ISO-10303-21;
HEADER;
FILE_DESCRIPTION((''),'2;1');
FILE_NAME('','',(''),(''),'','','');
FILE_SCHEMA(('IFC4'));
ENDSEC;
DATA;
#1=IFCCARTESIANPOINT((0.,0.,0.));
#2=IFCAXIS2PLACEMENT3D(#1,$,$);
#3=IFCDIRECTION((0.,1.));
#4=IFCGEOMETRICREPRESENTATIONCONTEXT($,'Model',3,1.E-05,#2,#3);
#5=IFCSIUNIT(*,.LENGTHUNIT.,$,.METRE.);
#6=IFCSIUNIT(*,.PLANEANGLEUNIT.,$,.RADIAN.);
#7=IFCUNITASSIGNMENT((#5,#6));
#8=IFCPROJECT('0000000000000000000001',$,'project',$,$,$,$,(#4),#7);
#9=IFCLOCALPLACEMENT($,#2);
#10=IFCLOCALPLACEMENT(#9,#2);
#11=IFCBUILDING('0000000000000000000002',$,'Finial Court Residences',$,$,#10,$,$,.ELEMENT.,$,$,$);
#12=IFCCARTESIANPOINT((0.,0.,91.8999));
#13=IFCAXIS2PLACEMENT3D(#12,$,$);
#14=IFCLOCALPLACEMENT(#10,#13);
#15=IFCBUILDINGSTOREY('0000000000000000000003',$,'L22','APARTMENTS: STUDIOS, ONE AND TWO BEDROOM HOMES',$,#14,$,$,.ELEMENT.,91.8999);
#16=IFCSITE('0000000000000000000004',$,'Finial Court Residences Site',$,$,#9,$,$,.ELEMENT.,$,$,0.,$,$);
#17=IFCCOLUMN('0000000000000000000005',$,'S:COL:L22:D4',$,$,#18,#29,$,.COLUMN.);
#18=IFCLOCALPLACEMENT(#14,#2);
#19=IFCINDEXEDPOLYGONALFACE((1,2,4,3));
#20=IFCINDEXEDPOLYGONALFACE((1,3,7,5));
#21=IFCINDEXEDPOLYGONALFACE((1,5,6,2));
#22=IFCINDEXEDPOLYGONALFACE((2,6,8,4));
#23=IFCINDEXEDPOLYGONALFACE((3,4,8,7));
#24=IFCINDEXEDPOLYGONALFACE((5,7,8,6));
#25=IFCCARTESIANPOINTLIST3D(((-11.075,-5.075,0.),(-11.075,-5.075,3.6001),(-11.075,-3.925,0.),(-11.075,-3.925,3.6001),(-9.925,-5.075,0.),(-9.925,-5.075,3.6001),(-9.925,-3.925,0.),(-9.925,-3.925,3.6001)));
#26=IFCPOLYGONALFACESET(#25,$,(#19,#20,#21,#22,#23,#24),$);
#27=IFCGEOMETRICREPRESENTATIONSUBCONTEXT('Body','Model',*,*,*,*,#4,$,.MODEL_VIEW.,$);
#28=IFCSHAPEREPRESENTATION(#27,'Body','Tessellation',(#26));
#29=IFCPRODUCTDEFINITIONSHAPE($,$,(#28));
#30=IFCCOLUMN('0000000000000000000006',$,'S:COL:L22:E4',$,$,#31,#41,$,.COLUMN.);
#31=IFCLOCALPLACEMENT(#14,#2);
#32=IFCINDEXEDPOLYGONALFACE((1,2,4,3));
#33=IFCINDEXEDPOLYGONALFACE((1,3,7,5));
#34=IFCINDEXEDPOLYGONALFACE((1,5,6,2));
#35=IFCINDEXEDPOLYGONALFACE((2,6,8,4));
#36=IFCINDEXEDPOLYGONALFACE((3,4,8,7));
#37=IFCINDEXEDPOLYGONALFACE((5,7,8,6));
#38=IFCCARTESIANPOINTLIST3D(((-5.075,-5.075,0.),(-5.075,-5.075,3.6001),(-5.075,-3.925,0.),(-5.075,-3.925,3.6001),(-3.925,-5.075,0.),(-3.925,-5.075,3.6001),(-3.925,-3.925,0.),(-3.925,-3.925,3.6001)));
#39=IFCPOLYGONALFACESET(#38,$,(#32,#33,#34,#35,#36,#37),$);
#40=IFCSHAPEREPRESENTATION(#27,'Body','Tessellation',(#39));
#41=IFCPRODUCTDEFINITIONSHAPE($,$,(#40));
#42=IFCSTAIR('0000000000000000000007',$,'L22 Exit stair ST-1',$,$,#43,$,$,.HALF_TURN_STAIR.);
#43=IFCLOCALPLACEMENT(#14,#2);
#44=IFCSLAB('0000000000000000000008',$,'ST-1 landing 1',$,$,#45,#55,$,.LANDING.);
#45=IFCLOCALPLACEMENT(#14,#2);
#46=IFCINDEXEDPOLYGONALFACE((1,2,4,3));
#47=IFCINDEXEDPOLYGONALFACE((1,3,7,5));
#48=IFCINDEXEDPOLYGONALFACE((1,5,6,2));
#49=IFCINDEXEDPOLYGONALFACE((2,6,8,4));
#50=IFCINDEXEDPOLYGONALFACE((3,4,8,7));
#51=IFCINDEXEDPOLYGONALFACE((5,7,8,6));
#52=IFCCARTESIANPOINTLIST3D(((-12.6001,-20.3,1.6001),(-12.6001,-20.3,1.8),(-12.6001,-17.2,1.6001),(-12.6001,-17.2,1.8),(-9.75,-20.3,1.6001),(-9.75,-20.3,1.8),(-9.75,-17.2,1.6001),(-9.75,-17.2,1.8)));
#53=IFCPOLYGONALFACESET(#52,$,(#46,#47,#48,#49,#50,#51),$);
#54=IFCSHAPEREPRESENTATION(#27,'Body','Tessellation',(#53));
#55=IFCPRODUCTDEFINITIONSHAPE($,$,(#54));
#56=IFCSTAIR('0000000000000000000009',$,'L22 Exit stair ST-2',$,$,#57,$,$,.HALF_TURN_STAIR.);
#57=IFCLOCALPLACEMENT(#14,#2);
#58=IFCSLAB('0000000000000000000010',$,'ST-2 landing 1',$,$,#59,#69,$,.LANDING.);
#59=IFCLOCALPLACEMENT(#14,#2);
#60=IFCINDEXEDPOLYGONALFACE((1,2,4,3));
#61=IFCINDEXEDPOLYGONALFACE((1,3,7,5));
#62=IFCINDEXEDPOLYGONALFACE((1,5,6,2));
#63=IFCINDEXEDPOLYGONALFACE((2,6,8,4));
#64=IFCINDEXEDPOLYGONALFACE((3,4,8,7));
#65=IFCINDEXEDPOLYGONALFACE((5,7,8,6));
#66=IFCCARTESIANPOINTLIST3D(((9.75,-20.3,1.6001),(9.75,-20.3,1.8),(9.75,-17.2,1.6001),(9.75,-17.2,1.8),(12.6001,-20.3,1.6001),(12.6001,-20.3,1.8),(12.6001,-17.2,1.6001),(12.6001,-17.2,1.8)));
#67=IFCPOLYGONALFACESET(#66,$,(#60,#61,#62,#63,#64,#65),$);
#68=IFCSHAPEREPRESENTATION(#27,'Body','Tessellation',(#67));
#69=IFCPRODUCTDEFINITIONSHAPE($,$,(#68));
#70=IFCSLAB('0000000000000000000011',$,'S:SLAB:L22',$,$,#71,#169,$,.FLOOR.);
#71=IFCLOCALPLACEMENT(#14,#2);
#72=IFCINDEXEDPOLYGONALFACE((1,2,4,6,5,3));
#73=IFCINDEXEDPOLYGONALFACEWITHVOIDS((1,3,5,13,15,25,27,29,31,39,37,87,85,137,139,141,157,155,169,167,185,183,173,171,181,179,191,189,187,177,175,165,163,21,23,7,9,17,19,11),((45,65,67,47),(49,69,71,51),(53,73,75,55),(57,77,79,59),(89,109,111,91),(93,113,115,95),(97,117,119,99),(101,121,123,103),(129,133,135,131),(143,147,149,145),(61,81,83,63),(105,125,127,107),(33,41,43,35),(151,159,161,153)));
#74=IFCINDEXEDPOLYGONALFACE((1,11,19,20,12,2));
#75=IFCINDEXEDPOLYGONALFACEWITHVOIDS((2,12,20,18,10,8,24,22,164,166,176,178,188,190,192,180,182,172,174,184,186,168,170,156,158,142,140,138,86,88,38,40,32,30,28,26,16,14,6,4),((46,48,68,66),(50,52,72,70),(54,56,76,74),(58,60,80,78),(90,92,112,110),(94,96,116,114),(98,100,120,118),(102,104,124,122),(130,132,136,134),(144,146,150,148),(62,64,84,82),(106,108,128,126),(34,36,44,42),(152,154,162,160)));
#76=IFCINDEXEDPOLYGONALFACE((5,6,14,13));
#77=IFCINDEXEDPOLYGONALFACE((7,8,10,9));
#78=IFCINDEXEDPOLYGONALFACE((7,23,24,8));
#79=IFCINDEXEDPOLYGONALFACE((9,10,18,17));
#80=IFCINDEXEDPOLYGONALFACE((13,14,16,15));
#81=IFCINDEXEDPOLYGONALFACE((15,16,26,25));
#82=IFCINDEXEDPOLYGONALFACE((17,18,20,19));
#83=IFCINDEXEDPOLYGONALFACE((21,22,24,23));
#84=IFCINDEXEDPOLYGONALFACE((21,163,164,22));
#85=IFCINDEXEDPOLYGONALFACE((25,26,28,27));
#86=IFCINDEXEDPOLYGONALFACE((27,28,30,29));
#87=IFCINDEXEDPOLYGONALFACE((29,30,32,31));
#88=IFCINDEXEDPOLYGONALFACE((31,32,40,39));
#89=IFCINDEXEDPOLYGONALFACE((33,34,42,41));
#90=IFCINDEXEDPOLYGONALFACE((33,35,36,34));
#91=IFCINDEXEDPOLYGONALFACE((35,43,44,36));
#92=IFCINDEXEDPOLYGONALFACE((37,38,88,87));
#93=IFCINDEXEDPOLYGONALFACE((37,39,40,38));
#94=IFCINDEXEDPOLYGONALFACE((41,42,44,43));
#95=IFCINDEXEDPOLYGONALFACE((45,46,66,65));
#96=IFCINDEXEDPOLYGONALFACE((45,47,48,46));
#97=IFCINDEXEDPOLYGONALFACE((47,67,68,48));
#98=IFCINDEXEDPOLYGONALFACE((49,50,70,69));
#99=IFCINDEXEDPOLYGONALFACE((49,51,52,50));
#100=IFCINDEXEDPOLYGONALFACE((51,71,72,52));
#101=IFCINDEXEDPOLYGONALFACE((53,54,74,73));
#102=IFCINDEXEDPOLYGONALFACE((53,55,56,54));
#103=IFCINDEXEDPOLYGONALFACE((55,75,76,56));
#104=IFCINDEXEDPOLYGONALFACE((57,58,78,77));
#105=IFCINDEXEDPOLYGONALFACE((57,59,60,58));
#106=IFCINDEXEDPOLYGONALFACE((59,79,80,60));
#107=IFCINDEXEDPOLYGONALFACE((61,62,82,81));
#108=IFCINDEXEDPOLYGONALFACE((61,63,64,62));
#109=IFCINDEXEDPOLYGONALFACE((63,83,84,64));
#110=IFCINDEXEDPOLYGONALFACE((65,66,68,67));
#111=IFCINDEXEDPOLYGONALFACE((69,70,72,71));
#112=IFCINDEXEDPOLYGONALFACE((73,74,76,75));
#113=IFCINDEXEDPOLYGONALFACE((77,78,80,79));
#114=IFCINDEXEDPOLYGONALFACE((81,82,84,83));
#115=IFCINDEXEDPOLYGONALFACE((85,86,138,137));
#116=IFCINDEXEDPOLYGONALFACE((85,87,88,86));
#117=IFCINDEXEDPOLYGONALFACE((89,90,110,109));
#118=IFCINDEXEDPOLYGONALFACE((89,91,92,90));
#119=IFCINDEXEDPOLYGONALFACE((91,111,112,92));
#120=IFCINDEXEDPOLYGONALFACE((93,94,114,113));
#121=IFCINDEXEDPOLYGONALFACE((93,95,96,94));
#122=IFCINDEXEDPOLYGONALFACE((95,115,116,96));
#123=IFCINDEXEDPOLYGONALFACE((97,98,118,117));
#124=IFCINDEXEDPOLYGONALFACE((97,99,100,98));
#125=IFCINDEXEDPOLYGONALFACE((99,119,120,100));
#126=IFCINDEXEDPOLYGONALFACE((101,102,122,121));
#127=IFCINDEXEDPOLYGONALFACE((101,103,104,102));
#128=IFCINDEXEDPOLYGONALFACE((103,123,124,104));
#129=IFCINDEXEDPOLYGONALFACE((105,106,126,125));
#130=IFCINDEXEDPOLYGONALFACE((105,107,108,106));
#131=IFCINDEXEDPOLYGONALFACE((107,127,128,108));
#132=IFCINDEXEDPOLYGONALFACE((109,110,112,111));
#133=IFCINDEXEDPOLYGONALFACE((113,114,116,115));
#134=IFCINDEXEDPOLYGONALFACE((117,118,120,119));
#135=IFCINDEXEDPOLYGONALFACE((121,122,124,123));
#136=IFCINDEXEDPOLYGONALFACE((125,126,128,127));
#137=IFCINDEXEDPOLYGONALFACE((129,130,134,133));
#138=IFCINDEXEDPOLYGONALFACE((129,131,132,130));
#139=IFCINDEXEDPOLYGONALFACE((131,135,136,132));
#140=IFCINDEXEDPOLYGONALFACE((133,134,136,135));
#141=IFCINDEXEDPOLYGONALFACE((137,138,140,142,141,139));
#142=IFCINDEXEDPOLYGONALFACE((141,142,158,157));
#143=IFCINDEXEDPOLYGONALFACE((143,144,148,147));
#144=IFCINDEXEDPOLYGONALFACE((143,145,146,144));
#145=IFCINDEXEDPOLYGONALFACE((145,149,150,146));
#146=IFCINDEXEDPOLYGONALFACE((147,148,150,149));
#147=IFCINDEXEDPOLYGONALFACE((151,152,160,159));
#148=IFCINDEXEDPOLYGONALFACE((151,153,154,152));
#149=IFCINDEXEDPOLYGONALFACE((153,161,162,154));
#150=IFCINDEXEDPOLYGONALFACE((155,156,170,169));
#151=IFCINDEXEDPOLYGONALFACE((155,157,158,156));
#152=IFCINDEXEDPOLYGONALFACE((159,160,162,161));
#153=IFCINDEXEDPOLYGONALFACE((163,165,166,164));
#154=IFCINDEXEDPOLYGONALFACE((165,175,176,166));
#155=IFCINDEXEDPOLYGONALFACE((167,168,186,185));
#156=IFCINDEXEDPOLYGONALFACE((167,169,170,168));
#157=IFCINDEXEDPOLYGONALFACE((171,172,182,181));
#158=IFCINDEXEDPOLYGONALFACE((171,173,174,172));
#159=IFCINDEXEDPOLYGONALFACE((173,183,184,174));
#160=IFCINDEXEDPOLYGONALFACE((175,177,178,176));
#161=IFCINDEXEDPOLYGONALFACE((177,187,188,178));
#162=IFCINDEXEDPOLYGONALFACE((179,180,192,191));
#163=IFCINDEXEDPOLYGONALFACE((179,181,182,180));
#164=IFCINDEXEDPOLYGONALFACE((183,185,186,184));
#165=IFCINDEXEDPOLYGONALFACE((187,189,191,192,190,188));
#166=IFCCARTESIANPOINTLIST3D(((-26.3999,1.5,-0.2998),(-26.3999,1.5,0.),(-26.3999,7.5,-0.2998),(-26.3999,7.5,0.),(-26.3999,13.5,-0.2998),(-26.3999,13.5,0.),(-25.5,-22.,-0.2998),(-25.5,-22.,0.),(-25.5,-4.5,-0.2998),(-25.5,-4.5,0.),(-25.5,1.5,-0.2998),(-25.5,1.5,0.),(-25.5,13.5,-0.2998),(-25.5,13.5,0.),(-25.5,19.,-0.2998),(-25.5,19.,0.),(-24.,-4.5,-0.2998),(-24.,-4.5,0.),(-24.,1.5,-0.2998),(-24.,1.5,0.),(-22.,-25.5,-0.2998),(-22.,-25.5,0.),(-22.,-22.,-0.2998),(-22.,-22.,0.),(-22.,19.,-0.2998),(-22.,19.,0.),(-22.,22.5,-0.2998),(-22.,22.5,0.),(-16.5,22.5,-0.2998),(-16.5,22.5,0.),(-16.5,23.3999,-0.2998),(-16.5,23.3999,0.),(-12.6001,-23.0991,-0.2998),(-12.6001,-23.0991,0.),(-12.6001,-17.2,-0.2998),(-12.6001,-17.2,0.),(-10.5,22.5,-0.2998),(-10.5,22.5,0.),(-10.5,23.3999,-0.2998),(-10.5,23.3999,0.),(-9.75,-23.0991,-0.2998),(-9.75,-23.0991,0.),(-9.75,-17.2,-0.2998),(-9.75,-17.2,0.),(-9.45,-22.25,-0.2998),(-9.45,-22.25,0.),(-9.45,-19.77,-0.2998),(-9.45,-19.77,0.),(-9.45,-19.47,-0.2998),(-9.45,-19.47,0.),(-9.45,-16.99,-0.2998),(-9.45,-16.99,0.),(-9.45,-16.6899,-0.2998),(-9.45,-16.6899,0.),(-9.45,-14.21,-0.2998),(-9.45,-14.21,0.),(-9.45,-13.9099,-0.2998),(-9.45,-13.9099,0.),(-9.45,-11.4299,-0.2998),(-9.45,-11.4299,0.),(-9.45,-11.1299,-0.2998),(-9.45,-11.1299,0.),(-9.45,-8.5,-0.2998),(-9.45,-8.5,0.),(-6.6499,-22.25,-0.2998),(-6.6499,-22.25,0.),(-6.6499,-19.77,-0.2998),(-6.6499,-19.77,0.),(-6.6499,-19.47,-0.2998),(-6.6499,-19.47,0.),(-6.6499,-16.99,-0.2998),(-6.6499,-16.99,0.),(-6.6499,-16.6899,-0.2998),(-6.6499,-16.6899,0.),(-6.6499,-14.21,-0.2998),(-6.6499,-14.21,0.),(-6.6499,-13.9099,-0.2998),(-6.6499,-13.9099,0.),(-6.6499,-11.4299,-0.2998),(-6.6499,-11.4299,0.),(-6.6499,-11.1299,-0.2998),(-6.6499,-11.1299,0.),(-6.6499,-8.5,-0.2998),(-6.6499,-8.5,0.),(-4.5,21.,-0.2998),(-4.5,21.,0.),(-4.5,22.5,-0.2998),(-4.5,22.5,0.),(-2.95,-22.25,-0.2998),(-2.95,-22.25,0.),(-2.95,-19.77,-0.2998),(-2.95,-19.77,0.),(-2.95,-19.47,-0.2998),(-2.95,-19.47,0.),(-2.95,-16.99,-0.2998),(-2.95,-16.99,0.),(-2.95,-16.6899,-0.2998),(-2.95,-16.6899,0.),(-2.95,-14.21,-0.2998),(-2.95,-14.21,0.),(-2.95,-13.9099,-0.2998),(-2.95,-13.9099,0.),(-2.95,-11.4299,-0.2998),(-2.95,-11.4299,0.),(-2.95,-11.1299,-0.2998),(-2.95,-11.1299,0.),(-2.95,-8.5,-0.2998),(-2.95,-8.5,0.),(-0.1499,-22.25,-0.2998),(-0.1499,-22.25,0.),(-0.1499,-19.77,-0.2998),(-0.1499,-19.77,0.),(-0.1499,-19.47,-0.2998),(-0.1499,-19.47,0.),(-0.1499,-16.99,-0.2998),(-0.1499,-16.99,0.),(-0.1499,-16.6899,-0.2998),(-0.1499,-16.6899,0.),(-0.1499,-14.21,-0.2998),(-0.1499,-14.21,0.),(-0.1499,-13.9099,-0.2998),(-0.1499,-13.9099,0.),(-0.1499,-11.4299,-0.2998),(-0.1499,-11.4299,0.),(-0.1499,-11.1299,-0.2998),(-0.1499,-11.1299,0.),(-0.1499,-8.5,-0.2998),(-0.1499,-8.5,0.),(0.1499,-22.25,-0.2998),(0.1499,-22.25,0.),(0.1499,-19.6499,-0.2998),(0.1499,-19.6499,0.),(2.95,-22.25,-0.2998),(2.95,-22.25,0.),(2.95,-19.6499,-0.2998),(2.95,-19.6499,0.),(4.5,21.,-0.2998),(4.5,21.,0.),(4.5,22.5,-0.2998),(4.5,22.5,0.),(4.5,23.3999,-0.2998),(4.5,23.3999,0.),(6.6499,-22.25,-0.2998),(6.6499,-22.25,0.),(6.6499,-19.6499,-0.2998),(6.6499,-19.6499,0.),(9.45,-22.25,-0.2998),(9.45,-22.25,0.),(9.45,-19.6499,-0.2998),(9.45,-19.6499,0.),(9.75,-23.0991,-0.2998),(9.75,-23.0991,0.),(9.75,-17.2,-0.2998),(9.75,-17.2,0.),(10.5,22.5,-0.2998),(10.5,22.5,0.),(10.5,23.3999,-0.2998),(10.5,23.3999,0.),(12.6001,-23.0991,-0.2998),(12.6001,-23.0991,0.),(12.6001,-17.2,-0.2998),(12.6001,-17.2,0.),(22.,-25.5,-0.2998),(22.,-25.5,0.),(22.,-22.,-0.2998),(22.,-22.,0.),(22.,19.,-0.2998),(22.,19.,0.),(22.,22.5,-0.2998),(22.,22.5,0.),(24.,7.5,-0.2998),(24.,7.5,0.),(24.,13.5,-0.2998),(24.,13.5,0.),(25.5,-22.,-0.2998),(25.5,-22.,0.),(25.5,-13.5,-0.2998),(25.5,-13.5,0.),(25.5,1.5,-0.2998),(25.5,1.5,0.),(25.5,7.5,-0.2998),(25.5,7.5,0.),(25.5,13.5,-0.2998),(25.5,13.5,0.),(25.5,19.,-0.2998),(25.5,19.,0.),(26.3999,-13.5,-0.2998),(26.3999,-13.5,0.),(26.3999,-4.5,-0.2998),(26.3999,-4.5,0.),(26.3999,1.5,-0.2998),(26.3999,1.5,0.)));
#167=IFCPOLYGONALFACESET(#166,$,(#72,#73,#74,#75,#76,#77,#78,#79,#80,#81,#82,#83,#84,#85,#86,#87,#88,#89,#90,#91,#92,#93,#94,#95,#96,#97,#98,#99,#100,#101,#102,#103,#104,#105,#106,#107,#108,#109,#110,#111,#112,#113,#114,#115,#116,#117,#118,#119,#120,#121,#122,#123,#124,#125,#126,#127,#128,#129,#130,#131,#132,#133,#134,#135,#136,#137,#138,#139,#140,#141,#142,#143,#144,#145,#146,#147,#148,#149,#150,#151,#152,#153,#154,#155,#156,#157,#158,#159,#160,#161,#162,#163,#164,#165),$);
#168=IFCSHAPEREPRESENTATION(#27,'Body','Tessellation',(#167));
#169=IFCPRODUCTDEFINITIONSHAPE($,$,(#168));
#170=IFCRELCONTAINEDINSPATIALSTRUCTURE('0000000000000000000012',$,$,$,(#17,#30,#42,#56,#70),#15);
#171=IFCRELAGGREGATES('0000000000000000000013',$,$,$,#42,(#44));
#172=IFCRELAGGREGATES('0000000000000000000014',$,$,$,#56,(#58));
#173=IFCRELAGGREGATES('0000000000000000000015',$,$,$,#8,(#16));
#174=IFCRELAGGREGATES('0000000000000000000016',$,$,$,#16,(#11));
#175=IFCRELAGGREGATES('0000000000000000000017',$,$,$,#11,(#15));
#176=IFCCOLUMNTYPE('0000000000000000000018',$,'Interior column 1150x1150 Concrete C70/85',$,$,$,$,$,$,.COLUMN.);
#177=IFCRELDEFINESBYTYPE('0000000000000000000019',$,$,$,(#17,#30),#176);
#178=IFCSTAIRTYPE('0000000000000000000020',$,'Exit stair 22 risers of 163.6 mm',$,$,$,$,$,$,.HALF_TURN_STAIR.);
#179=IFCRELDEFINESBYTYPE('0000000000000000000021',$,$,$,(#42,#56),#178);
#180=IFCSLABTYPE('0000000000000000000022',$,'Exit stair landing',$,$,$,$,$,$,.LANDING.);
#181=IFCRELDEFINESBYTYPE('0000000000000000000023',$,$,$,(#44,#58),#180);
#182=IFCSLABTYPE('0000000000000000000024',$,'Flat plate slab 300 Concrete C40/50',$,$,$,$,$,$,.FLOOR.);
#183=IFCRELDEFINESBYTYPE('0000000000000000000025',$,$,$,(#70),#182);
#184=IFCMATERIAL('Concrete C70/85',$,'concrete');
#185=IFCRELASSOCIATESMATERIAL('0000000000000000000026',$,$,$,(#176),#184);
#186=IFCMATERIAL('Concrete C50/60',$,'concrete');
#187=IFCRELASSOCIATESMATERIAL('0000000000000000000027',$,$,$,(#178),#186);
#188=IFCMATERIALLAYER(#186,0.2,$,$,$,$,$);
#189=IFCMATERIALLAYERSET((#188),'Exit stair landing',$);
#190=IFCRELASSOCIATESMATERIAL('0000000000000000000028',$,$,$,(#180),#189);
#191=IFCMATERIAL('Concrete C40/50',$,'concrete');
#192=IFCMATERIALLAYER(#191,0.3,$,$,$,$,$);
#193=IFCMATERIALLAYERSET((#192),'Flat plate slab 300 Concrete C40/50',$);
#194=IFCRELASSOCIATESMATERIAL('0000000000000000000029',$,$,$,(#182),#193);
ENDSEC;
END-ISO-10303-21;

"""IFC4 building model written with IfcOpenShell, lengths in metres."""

from ifc_helpers import new_model, si_unit, direction, frame, origin, origin_2d, place, context, subcontext, project, spatial, polyline, rectangle, outline, extrude, material, layer, layer_set, material_profile, profile_set, type_object, element, aggregate, save


model = new_model("IFC4")

# Units and contexts
model_context = context("Model", 3, precision=1e-05, world=origin(), true_north=direction((0.0, 1.0)))
body_context = subcontext(model_context, "Body", "Model", "MODEL_VIEW")
ifc_project = project(units=[si_unit("LENGTHUNIT", "METRE"), si_unit("PLANEANGLEUNIT", "RADIAN")], contexts=[model_context])

# Site, building, storey
site_placement = place(None, origin())
site = spatial("IfcSite", under=ifc_project, at=site_placement, Name="Finial Court Residences Site", CompositionType="ELEMENT", RefElevation=0.0)
building_placement = place(site_placement, origin())
building = spatial("IfcBuilding", under=site, at=building_placement, Name="Finial Court Residences", CompositionType="ELEMENT")
storey_placement = place(building_placement, frame((0.0, 0.0, 91.8999)))
storey = spatial("IfcBuildingStorey", under=building, at=storey_placement, Name="L22", Description="APARTMENTS: STUDIOS, ONE AND TWO BEDROOM HOMES", CompositionType="ELEMENT", Elevation=91.8999)

# Columns
ifc_material_1 = material(Name="Concrete C70/85", Category="concrete")
ifc_material_profile = material_profile(ifc_material_1, rectangle(XDim=1.1499, YDim=1.1499, at=origin_2d()), Name="1150x1150")
ifc_profile_set = profile_set([ifc_material_profile], Name="Concrete C70/85")
column_type = type_object("IfcColumnType", Name="Interior column 1150x1150 Concrete C70/85", PredefinedType="COLUMN", material=ifc_profile_set)
for number, where, z_axis, x_axis, name in (
    (1, (-10.5, -4.5, 0.0), (0.0, 0.0, 1.0), (1.0, 0.0, 0.0), "S:COL:L22:D4"),
    (2, (-4.5, -4.5, 0.0), (0.0, 0.0, 1.0), (1.0, 0.0, 0.0), "S:COL:L22:E4"),
):
    element("IfcColumn", number, at=place(storey_placement, frame(where, z_axis=z_axis, x_axis=x_axis)), inside=storey, type_object=column_type, Name=name, PredefinedType="COLUMN", context=body_context, shape_type="SweptSolid", body=[
        extrude(rectangle(XDim=1.1499, YDim=1.1499, at=origin_2d()), origin(), (0.0, 0.0, 1.0), 3.6001),
    ])

# Stairs, slabs
ifc_material_2 = material(Name="Concrete C50/60", Category="concrete")
stair_type = type_object("IfcStairType", Name="Exit stair 22 risers of 163.6 mm", PredefinedType="HALF_TURN_STAIR", material=ifc_material_2)
stair_1_placement = place(storey_placement, origin())
stair_1 = element("IfcStair", 3, at=stair_1_placement, inside=storey, type_object=stair_type, Name="L22 Exit stair ST-1", PredefinedType="HALF_TURN_STAIR")
ifc_layer_1 = layer(ifc_material_2, 0.2)
ifc_layer_set_1 = layer_set([ifc_layer_1], Name="Exit stair landing")
slab_type_1 = type_object("IfcSlabType", Name="Exit stair landing", PredefinedType="LANDING", material=ifc_layer_set_1)
slab_1_placement = place(storey_placement, frame((0.0, 0.0, 1.6001)))
slab_1 = element("IfcSlab", 4, at=slab_1_placement, type_object=slab_type_1, Name="ST-1 landing 1", PredefinedType="LANDING", context=body_context, shape_type="SweptSolid", body=[
    extrude(outline(polyline([(-9.75, -20.3), (-9.75, -17.2), (-12.6001, -17.2), (-12.6001, -20.3), (-9.75, -20.3)])), origin(), (0.0, 0.0, 1.0), 0.2),
])
aggregate(stair_1, [slab_1])
stair_2_placement = place(storey_placement, origin())
stair_2 = element("IfcStair", 5, at=stair_2_placement, inside=storey, type_object=stair_type, Name="L22 Exit stair ST-2", PredefinedType="HALF_TURN_STAIR")
slab_2_placement = place(storey_placement, frame((0.0, 0.0, 1.6001)))
slab_2 = element("IfcSlab", 6, at=slab_2_placement, type_object=slab_type_1, Name="ST-2 landing 1", PredefinedType="LANDING", context=body_context, shape_type="SweptSolid", body=[
    extrude(outline(polyline([(12.6001, -20.3), (12.6001, -17.2), (9.75, -17.2), (9.75, -20.3), (12.6001, -20.3)])), origin(), (0.0, 0.0, 1.0), 0.2),
])
aggregate(stair_2, [slab_2])

# Slab
ifc_material_3 = material(Name="Concrete C40/50", Category="concrete")
ifc_layer_2 = layer(ifc_material_3, 0.3)
ifc_layer_set_2 = layer_set([ifc_layer_2], Name="Flat plate slab 300 Concrete C40/50")
slab_type_2 = type_object("IfcSlabType", Name="Flat plate slab 300 Concrete C40/50", PredefinedType="FLOOR", material=ifc_layer_set_2)
slab_3_placement = place(storey_placement, frame((0.0, 0.0, -0.2998)))
element("IfcSlab", 7, at=slab_3_placement, inside=storey, type_object=slab_type_2, Name="S:SLAB:L22", PredefinedType="FLOOR", context=body_context, shape_type="SweptSolid", body=[
    extrude(outline(polyline([(-22.0, -25.5), (-22.0, -22.0), (-25.5, -22.0), (-25.5, -4.5), (-24.0, -4.5), (-24.0, 1.5), (-25.5, 1.5), (-26.3999, 1.5), (-26.3999, 7.5), (-26.3999, 13.5), (-25.5, 13.5), (-25.5, 19.0), (-22.0, 19.0), (-22.0, 22.5), (-16.5, 22.5), (-16.5, 23.3999), (-10.5, 23.3999), (-10.5, 22.5), (-4.5, 22.5), (-4.5, 21.0), (4.5, 21.0), (4.5, 22.5), (4.5, 23.3999), (10.5, 23.3999), (10.5, 22.5), (22.0, 22.5), (22.0, 19.0), (25.5, 19.0), (25.5, 13.5), (24.0, 13.5), (24.0, 7.5), (25.5, 7.5), (25.5, 1.5), (26.3999, 1.5), (26.3999, -4.5), (26.3999, -13.5), (25.5, -13.5), (25.5, -22.0), (22.0, -22.0), (22.0, -25.5), (-22.0, -25.5)]), holes=[polyline([(-6.6499, -19.77), (-9.45, -19.77), (-9.45, -22.25), (-6.6499, -22.25), (-6.6499, -19.77)]), polyline([(-9.75, -17.2), (-12.6001, -17.2), (-12.6001, -23.0991), (-9.75, -23.0991), (-9.75, -17.2)]), polyline([(-6.6499, -19.47), (-6.6499, -16.99), (-9.45, -16.99), (-9.45, -19.47), (-6.6499, -19.47)]), polyline([(-6.6499, -16.6899), (-6.6499, -14.21), (-9.45, -14.21), (-9.45, -16.6899), (-6.6499, -16.6899)]), polyline([(-6.6499, -13.9099), (-6.6499, -11.4299), (-9.45, -11.4299), (-9.45, -13.9099), (-6.6499, -13.9099)]), polyline([(-6.6499, -11.1299), (-6.6499, -8.5), (-9.45, -8.5), (-9.45, -11.1299), (-6.6499, -11.1299)]), polyline([(-0.1499, -11.1299), (-0.1499, -8.5), (-2.95, -8.5), (-2.95, -11.1299), (-0.1499, -11.1299)]), polyline([(-0.1499, -19.77), (-2.95, -19.77), (-2.95, -22.25), (-0.1499, -22.25), (-0.1499, -19.77)]), polyline([(2.95, -22.25), (2.95, -19.6499), (0.1499, -19.6499), (0.1499, -22.25), (2.95, -22.25)]), polyline([(9.45, -22.25), (9.45, -19.6499), (6.6499, -19.6499), (6.6499, -22.25), (9.45, -22.25)]), polyline([(12.6001, -17.2), (9.75, -17.2), (9.75, -23.0991), (12.6001, -23.0991), (12.6001, -17.2)]), polyline([(-0.1499, -19.47), (-0.1499, -16.99), (-2.95, -16.99), (-2.95, -19.47), (-0.1499, -19.47)]), polyline([(-0.1499, -16.6899), (-0.1499, -14.21), (-2.95, -14.21), (-2.95, -16.6899), (-0.1499, -16.6899)]), polyline([(-0.1499, -13.9099), (-0.1499, -11.4299), (-2.95, -11.4299), (-2.95, -13.9099), (-0.1499, -13.9099)])]), origin(), (0.0, 0.0, 1.0), 0.2998),
])

save(model, "model.ifc")
